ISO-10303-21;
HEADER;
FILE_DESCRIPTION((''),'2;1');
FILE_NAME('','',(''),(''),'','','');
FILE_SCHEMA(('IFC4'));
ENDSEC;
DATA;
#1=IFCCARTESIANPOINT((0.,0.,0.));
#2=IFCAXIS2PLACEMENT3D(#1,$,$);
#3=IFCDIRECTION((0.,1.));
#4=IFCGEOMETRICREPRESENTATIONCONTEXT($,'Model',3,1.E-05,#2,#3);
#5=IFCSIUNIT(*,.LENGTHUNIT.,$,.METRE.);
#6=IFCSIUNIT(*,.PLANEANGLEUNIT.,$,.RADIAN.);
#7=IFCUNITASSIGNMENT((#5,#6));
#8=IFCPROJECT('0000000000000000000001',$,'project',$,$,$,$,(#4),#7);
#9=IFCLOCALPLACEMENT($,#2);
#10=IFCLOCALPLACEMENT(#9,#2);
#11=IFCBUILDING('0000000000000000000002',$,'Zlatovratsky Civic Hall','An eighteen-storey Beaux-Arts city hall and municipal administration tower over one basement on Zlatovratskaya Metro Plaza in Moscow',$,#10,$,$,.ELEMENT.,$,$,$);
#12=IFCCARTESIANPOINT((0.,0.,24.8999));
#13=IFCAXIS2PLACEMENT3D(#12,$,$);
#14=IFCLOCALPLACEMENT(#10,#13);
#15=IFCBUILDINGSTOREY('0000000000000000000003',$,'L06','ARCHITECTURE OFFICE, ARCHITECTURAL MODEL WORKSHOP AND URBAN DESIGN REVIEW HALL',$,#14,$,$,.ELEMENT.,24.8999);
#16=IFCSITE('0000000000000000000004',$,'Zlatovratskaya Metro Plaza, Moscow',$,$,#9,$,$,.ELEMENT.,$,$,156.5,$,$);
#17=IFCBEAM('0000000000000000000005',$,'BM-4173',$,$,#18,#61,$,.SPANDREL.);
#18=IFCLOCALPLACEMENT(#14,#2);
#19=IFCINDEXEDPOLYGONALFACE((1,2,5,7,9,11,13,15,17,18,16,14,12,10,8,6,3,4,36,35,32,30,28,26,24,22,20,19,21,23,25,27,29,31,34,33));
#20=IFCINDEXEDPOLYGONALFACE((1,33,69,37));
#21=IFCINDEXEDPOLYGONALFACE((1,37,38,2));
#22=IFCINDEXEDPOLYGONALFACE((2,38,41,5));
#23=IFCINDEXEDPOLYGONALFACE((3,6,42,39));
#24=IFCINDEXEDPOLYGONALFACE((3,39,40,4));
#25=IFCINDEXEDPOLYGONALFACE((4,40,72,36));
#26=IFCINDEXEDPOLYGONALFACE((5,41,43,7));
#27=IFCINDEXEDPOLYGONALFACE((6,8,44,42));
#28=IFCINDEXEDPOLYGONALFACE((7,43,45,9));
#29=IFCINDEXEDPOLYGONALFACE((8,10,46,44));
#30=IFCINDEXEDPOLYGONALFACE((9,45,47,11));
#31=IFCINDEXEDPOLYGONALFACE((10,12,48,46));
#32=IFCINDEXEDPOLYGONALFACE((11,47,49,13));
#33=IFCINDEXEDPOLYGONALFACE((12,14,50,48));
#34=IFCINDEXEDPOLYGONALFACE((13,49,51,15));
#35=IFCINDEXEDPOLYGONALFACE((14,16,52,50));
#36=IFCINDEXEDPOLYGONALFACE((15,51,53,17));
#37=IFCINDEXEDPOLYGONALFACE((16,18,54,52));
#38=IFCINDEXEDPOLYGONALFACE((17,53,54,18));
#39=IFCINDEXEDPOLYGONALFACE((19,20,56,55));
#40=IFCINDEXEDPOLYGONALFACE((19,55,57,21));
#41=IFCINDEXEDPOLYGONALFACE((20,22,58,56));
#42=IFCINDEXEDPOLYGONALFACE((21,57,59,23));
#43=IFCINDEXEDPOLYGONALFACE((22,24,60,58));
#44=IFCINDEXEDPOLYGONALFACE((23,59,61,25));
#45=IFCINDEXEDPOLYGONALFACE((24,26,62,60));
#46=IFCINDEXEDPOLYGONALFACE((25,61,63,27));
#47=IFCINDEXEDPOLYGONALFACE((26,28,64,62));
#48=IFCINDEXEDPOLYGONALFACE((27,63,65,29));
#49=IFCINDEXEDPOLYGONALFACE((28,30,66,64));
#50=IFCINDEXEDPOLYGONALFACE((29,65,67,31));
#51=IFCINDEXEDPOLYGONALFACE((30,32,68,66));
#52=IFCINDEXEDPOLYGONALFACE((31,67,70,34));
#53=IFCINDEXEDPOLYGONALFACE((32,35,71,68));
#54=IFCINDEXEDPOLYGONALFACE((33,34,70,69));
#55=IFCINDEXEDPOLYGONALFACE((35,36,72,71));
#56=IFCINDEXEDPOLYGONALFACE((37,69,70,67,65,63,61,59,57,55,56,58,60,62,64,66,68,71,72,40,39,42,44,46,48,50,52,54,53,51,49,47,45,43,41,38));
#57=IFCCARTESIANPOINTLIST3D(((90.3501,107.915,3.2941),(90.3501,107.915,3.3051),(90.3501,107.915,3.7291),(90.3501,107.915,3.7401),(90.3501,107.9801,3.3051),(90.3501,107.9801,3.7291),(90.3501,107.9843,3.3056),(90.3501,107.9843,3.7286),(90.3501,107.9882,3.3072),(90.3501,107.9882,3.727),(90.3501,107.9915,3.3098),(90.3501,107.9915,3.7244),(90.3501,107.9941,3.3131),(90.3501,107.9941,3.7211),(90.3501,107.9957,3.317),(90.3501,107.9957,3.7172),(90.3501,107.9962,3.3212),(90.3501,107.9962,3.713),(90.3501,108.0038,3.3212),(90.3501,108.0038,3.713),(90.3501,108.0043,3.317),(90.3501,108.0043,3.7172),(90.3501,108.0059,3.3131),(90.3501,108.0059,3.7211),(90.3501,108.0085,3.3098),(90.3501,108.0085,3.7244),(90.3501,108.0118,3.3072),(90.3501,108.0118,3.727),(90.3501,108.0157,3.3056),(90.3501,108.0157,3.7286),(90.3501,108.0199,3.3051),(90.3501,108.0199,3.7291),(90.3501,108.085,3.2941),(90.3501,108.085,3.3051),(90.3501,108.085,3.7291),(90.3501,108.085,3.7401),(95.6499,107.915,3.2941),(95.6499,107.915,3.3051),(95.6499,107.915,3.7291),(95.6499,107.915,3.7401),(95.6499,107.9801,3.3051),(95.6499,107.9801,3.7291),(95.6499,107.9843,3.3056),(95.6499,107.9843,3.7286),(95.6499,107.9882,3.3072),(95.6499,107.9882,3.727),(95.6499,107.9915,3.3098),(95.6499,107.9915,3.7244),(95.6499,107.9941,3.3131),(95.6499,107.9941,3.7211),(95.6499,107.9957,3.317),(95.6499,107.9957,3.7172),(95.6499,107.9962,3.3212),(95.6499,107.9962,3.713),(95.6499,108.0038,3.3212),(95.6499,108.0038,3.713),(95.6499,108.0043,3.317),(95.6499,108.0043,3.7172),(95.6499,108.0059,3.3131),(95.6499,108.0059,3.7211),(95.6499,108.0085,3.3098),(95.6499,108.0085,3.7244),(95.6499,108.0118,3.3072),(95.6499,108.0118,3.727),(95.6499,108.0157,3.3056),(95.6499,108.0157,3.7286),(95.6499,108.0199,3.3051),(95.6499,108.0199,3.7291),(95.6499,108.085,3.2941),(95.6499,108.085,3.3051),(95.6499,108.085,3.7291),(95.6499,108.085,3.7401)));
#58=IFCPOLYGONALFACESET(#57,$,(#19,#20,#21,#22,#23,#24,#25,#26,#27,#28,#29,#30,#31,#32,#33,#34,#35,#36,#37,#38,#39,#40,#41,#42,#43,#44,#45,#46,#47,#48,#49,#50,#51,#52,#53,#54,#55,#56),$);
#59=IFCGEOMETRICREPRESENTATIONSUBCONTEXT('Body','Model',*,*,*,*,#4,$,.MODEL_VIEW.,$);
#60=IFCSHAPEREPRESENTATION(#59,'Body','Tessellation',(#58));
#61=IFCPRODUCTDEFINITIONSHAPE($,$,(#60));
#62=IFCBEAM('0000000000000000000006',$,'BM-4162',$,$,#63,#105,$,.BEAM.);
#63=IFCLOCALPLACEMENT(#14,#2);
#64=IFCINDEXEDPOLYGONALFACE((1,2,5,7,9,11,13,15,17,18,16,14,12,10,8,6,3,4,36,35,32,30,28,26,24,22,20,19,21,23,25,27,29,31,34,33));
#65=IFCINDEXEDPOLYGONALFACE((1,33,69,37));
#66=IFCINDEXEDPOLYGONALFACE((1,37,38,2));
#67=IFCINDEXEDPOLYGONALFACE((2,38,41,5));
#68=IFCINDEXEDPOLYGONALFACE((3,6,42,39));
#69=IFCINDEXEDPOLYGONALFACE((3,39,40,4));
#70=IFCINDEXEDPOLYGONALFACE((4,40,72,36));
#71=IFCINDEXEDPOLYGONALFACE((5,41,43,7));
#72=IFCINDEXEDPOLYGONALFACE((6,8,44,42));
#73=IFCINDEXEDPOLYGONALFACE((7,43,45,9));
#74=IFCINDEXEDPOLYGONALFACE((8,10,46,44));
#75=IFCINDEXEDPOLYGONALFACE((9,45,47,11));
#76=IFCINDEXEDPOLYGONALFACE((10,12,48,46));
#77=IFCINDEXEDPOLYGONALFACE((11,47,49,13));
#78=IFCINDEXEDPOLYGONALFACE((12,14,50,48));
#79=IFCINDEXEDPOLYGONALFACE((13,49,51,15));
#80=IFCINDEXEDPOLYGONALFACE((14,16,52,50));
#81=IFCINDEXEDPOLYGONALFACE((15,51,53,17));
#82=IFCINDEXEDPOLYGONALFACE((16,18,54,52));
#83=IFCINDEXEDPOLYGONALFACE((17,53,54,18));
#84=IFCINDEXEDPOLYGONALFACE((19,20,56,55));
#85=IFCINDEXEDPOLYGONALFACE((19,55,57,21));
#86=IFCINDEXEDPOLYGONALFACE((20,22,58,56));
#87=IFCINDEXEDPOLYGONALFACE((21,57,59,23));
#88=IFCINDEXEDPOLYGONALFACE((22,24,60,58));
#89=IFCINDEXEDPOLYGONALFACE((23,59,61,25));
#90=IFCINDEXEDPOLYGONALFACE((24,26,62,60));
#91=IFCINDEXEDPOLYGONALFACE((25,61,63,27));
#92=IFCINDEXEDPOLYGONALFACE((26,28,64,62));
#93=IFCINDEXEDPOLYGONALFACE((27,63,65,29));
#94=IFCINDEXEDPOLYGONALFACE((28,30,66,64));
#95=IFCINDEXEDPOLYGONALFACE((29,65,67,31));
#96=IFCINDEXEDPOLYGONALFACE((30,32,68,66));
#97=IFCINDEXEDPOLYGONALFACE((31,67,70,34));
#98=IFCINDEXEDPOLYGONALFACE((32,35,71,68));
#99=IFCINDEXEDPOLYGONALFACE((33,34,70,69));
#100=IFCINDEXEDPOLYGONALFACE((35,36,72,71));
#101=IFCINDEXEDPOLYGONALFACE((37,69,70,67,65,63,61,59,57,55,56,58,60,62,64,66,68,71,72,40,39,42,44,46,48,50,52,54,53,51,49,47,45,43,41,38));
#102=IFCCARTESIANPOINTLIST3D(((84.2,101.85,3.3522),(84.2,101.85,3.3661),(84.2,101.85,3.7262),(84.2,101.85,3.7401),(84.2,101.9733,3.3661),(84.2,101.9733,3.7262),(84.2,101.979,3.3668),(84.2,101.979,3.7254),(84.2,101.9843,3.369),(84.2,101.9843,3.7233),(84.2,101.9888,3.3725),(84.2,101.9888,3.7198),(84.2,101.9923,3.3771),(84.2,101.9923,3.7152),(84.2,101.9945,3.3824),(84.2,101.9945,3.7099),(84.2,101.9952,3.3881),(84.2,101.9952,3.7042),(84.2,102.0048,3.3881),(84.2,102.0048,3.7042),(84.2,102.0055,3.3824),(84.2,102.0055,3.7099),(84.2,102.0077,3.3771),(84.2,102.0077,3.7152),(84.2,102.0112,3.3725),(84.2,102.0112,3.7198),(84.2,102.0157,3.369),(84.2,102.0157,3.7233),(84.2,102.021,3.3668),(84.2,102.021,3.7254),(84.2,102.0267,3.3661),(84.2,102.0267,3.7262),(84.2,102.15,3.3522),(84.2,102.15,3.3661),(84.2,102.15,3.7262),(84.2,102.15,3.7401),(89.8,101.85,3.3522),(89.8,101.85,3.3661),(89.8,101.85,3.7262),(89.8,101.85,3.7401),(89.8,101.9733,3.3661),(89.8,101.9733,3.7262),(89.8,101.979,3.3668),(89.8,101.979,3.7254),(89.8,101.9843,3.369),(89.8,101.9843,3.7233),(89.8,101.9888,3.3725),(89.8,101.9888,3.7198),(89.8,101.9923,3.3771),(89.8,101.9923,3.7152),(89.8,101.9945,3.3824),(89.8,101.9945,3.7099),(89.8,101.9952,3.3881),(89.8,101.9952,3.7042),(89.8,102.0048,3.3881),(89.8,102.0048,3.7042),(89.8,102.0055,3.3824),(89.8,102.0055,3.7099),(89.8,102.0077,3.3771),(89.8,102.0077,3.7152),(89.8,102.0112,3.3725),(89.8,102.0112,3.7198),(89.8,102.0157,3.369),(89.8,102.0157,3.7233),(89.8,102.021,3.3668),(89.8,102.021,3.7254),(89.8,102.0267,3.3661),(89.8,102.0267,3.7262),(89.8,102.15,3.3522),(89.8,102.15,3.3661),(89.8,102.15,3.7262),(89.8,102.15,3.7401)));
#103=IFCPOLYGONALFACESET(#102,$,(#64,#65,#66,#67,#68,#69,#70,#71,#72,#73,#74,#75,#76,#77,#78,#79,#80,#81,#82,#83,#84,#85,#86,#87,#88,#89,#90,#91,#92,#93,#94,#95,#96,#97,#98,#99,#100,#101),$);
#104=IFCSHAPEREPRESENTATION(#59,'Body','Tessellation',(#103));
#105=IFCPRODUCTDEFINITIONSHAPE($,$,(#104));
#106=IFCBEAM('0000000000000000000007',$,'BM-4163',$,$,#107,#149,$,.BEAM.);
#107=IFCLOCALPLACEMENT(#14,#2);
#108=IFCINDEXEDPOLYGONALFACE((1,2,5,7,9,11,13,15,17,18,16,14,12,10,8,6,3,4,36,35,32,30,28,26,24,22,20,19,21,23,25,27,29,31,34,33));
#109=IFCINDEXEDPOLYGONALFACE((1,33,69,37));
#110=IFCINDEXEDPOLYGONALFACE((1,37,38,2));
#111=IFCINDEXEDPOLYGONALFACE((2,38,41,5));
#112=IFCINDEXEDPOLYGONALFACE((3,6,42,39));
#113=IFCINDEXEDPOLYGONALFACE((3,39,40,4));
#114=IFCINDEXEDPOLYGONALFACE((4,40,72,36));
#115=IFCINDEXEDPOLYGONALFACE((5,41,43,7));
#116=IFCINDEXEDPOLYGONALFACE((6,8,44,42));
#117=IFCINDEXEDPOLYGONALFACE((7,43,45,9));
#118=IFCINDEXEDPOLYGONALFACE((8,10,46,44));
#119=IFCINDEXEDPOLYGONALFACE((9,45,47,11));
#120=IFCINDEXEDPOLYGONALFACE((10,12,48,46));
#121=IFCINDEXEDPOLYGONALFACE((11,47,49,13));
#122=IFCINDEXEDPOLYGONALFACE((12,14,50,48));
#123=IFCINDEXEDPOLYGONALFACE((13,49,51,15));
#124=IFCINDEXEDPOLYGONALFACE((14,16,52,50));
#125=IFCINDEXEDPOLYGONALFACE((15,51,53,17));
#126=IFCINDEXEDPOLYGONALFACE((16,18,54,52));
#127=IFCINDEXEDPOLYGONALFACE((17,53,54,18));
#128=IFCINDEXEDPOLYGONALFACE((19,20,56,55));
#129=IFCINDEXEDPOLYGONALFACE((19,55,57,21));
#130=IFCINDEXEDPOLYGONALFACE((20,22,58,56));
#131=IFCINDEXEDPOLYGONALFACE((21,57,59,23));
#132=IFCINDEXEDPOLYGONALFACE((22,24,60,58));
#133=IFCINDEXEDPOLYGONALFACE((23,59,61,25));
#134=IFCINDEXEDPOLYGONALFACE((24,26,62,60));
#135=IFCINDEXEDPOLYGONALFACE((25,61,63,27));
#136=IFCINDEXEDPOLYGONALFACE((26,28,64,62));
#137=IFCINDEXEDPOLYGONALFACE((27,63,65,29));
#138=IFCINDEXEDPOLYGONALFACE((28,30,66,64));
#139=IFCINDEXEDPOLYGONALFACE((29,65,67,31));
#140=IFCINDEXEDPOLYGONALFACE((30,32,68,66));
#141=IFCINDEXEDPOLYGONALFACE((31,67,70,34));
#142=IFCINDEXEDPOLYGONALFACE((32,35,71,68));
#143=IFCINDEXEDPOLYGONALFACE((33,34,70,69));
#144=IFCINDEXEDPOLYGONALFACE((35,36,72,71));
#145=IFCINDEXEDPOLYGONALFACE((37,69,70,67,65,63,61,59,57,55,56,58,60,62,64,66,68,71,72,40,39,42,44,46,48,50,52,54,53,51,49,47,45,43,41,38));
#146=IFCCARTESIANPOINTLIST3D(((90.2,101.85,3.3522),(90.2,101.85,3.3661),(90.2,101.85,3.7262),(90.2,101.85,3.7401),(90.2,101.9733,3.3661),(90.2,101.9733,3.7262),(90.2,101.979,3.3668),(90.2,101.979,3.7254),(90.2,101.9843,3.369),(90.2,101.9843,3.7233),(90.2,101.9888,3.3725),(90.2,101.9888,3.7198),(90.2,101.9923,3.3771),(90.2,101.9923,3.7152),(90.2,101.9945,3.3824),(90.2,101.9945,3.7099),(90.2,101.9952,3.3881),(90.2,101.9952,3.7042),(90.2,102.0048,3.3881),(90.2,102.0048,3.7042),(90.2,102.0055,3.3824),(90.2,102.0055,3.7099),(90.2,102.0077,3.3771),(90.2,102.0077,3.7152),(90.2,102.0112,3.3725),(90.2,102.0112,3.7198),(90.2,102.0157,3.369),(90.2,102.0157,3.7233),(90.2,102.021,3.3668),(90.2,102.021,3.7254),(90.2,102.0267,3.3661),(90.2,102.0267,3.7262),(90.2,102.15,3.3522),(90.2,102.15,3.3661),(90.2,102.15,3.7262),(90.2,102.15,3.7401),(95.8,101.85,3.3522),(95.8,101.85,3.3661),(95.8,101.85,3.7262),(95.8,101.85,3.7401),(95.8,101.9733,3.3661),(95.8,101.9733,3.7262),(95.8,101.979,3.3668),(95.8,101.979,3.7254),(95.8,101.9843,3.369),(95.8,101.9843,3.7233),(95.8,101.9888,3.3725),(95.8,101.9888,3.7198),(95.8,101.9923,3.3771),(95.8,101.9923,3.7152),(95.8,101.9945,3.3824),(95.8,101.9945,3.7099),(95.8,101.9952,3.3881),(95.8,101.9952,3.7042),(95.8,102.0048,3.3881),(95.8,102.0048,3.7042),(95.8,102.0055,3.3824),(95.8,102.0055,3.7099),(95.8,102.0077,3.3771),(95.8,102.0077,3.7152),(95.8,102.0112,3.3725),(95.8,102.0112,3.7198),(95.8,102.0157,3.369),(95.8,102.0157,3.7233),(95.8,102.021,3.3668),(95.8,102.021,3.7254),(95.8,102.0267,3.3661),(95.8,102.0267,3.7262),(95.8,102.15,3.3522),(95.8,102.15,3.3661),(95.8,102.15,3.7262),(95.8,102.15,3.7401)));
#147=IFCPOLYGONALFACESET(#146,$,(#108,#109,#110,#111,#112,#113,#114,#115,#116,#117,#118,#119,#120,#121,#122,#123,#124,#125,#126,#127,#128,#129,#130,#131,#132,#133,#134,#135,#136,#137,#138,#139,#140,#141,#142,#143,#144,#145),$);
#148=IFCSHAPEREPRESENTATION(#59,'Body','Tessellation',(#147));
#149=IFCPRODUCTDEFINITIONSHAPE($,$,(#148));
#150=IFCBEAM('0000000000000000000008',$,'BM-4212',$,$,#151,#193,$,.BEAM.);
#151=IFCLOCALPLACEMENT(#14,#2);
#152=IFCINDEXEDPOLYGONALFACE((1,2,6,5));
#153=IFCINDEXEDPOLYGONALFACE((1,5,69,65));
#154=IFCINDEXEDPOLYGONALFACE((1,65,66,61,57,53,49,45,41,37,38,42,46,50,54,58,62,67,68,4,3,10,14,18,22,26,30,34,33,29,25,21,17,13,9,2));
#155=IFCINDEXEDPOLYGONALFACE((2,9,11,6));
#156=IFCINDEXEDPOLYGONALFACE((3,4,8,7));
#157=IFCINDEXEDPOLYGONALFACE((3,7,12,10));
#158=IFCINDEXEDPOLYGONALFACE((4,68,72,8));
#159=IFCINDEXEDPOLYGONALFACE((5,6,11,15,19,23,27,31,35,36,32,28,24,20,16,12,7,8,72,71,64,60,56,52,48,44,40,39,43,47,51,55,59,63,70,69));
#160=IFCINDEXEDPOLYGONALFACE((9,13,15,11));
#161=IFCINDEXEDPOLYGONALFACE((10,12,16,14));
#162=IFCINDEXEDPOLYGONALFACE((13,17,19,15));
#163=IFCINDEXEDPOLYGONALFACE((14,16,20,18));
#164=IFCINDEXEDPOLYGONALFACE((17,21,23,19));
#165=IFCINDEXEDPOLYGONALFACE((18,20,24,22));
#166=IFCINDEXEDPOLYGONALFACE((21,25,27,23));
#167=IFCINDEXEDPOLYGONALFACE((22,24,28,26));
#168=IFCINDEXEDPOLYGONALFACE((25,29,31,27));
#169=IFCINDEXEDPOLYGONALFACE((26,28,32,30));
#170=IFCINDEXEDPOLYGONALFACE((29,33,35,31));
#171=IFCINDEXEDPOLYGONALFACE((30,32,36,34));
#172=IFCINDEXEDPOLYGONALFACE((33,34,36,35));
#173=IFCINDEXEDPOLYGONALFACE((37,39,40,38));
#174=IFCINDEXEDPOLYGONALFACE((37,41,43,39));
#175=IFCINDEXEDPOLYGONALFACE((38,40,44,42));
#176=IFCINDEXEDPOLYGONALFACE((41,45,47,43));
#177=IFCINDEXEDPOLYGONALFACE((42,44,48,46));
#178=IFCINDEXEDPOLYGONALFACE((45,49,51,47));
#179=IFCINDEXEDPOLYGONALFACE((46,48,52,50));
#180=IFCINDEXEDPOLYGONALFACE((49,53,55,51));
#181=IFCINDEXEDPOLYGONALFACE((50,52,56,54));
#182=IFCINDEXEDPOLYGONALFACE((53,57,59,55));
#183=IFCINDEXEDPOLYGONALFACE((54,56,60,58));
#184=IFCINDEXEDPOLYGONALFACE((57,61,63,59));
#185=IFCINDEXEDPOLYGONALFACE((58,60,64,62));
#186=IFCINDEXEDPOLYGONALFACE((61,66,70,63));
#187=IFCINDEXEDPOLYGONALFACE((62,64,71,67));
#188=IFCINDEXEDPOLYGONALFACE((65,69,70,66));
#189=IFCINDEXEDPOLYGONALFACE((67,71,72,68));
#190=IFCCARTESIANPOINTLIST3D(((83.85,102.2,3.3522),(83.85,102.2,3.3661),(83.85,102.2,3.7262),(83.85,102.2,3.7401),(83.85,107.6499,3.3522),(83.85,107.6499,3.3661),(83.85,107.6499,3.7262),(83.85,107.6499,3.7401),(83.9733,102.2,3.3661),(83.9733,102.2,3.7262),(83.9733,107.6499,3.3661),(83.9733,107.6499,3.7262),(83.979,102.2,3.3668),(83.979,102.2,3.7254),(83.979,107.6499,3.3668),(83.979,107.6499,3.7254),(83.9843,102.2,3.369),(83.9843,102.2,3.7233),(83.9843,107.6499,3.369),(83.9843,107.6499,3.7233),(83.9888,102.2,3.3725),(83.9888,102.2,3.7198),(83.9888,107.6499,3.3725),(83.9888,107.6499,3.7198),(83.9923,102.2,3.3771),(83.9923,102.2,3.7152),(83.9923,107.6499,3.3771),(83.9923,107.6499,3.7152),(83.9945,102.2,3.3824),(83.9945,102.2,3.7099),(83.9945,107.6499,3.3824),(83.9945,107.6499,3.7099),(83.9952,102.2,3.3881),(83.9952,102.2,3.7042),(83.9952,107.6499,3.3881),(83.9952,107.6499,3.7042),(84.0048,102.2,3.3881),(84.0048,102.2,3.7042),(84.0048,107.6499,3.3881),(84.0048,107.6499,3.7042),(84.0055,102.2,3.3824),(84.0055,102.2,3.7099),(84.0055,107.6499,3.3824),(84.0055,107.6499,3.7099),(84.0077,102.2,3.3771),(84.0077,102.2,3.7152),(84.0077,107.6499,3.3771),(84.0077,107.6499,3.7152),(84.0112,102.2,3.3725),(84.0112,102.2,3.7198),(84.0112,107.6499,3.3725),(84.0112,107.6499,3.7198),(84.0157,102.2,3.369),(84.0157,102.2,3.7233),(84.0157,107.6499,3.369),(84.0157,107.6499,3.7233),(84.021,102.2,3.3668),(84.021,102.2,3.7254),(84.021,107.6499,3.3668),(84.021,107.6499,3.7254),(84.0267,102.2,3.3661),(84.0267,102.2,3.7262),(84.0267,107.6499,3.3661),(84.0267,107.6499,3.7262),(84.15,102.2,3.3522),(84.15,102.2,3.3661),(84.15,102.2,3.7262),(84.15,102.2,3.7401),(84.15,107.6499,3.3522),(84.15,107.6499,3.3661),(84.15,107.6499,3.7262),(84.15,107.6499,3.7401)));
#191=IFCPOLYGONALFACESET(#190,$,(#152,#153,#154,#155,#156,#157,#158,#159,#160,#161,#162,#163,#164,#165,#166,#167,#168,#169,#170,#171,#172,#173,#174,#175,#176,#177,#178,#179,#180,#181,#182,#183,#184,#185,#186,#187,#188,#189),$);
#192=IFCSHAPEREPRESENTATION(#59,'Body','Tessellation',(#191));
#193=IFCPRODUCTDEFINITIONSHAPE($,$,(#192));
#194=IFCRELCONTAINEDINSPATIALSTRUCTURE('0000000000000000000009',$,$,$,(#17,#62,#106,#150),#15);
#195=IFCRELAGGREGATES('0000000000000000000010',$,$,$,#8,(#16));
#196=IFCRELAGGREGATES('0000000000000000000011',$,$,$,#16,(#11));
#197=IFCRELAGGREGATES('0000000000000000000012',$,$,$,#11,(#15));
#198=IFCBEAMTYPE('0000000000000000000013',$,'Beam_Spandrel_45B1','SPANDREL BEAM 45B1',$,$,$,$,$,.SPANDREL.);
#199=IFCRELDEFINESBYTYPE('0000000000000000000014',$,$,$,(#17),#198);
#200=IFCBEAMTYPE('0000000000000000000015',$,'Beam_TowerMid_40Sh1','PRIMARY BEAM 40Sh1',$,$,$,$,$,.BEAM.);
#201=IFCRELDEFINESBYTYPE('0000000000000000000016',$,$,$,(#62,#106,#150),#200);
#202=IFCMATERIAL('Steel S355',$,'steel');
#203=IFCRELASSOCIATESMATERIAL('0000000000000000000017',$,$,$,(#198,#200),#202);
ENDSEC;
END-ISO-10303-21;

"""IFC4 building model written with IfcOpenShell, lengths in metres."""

from ifc_helpers import new_model, si_unit, direction, frame, origin, origin_2d, place, context, subcontext, project, spatial, i_section, extrude, material, material_profile, profile_set, type_object, element, save


model = new_model("IFC4")

# Units and contexts
model_context = context("Model", 3, precision=1e-05, world=origin(), true_north=direction((0.0, 1.0)))
body_context = subcontext(model_context, "Body", "Model", "MODEL_VIEW")
ifc_project = project(units=[si_unit("LENGTHUNIT", "METRE"), si_unit("PLANEANGLEUNIT", "RADIAN")], contexts=[model_context])

# Site, building, storey
site_placement = place(None, origin())
site = spatial("IfcSite", under=ifc_project, at=site_placement, Name="Zlatovratskaya Metro Plaza, Moscow", CompositionType="ELEMENT", RefElevation=156.5)
building_placement = place(site_placement, origin())
building = spatial("IfcBuilding", under=site, at=building_placement, Name="Zlatovratsky Civic Hall", Description="An eighteen-storey Beaux-Arts city hall and municipal administration tower over one basement on Zlatovratskaya Metro Plaza in Moscow", CompositionType="ELEMENT")
storey_placement = place(building_placement, frame((0.0, 0.0, 24.8999)))
storey = spatial("IfcBuildingStorey", under=building, at=storey_placement, Name="L06", Description="ARCHITECTURE OFFICE, ARCHITECTURAL MODEL WORKSHOP AND URBAN DESIGN REVIEW HALL", CompositionType="ELEMENT", Elevation=24.8999)

# Shared definitions
ifc_material_1 = material(Name="Steel S355", Category="steel")

# Beams
ifc_material_profile_1 = material_profile(ifc_material_1, i_section(OverallWidth=0.1699, OverallDepth=0.446, WebThickness=0.0076, FlangeThickness=0.011, FilletRadius=0.0161, at=origin_2d()), Name="45B1")
ifc_profile_set_1 = profile_set([ifc_material_profile_1], Name="Steel S355")
beam_type_1 = type_object("IfcBeamType", Name="Beam_Spandrel_45B1", Description="SPANDREL BEAM 45B1", PredefinedType="SPANDREL", material=ifc_profile_set_1)
for number, where, z_axis, x_axis, name in (
    (1, (90.3501, 108.0, 3.5171), (1.0, 0.0, 0.0), (0.0, 1.0, 0.0), "BM-4173"),
):
    element("IfcBeam", number, at=place(storey_placement, frame(where, z_axis=z_axis, x_axis=x_axis)), inside=storey, type_object=beam_type_1, Name=name, PredefinedType="SPANDREL", context=body_context, shape_type="SweptSolid", body=[
        extrude(i_section(OverallWidth=0.1699, OverallDepth=0.446, WebThickness=0.0076, FlangeThickness=0.011, FilletRadius=0.0161, at=origin_2d()), origin(), (0.0, 0.0, 1.0), 5.2998),
    ])
ifc_material_profile_2 = material_profile(ifc_material_1, i_section(OverallWidth=0.3, OverallDepth=0.3879, WebThickness=0.0095, FlangeThickness=0.0139, FilletRadius=0.022, at=origin_2d()), Name="40Sh1")
ifc_profile_set_2 = profile_set([ifc_material_profile_2], Name="Steel S355")
beam_type_2 = type_object("IfcBeamType", Name="Beam_TowerMid_40Sh1", Description="PRIMARY BEAM 40Sh1", PredefinedType="BEAM", material=ifc_profile_set_2)
for number, where, z_axis, x_axis, name in (
    (2, (84.2, 102.0, 3.5461), (1.0, 0.0, 0.0), (0.0, 1.0, 0.0), "BM-4162"),
    (3, (90.2, 102.0, 3.5461), (1.0, 0.0, 0.0), (0.0, 1.0, 0.0), "BM-4163"),
):
    element("IfcBeam", number, at=place(storey_placement, frame(where, z_axis=z_axis, x_axis=x_axis)), inside=storey, type_object=beam_type_2, Name=name, PredefinedType="BEAM", context=body_context, shape_type="SweptSolid", body=[
        extrude(i_section(OverallWidth=0.3, OverallDepth=0.3879, WebThickness=0.0095, FlangeThickness=0.0139, FilletRadius=0.022, at=origin_2d()), origin(), (0.0, 0.0, 1.0), 5.6001),
    ])
for number, where, z_axis, x_axis, name in (
    (4, (84.0, 102.2, 3.5461), (0.0, 1.0, 0.0), (-1.0, 0.0, 0.0), "BM-4212"),
):
    element("IfcBeam", number, at=place(storey_placement, frame(where, z_axis=z_axis, x_axis=x_axis)), inside=storey, type_object=beam_type_2, Name=name, PredefinedType="BEAM", context=body_context, shape_type="SweptSolid", body=[
        extrude(i_section(OverallWidth=0.3, OverallDepth=0.3879, WebThickness=0.0095, FlangeThickness=0.0139, FilletRadius=0.022, at=origin_2d()), origin(), (0.0, 0.0, 1.0), 5.45),
    ])

save(model, "model.ifc")
